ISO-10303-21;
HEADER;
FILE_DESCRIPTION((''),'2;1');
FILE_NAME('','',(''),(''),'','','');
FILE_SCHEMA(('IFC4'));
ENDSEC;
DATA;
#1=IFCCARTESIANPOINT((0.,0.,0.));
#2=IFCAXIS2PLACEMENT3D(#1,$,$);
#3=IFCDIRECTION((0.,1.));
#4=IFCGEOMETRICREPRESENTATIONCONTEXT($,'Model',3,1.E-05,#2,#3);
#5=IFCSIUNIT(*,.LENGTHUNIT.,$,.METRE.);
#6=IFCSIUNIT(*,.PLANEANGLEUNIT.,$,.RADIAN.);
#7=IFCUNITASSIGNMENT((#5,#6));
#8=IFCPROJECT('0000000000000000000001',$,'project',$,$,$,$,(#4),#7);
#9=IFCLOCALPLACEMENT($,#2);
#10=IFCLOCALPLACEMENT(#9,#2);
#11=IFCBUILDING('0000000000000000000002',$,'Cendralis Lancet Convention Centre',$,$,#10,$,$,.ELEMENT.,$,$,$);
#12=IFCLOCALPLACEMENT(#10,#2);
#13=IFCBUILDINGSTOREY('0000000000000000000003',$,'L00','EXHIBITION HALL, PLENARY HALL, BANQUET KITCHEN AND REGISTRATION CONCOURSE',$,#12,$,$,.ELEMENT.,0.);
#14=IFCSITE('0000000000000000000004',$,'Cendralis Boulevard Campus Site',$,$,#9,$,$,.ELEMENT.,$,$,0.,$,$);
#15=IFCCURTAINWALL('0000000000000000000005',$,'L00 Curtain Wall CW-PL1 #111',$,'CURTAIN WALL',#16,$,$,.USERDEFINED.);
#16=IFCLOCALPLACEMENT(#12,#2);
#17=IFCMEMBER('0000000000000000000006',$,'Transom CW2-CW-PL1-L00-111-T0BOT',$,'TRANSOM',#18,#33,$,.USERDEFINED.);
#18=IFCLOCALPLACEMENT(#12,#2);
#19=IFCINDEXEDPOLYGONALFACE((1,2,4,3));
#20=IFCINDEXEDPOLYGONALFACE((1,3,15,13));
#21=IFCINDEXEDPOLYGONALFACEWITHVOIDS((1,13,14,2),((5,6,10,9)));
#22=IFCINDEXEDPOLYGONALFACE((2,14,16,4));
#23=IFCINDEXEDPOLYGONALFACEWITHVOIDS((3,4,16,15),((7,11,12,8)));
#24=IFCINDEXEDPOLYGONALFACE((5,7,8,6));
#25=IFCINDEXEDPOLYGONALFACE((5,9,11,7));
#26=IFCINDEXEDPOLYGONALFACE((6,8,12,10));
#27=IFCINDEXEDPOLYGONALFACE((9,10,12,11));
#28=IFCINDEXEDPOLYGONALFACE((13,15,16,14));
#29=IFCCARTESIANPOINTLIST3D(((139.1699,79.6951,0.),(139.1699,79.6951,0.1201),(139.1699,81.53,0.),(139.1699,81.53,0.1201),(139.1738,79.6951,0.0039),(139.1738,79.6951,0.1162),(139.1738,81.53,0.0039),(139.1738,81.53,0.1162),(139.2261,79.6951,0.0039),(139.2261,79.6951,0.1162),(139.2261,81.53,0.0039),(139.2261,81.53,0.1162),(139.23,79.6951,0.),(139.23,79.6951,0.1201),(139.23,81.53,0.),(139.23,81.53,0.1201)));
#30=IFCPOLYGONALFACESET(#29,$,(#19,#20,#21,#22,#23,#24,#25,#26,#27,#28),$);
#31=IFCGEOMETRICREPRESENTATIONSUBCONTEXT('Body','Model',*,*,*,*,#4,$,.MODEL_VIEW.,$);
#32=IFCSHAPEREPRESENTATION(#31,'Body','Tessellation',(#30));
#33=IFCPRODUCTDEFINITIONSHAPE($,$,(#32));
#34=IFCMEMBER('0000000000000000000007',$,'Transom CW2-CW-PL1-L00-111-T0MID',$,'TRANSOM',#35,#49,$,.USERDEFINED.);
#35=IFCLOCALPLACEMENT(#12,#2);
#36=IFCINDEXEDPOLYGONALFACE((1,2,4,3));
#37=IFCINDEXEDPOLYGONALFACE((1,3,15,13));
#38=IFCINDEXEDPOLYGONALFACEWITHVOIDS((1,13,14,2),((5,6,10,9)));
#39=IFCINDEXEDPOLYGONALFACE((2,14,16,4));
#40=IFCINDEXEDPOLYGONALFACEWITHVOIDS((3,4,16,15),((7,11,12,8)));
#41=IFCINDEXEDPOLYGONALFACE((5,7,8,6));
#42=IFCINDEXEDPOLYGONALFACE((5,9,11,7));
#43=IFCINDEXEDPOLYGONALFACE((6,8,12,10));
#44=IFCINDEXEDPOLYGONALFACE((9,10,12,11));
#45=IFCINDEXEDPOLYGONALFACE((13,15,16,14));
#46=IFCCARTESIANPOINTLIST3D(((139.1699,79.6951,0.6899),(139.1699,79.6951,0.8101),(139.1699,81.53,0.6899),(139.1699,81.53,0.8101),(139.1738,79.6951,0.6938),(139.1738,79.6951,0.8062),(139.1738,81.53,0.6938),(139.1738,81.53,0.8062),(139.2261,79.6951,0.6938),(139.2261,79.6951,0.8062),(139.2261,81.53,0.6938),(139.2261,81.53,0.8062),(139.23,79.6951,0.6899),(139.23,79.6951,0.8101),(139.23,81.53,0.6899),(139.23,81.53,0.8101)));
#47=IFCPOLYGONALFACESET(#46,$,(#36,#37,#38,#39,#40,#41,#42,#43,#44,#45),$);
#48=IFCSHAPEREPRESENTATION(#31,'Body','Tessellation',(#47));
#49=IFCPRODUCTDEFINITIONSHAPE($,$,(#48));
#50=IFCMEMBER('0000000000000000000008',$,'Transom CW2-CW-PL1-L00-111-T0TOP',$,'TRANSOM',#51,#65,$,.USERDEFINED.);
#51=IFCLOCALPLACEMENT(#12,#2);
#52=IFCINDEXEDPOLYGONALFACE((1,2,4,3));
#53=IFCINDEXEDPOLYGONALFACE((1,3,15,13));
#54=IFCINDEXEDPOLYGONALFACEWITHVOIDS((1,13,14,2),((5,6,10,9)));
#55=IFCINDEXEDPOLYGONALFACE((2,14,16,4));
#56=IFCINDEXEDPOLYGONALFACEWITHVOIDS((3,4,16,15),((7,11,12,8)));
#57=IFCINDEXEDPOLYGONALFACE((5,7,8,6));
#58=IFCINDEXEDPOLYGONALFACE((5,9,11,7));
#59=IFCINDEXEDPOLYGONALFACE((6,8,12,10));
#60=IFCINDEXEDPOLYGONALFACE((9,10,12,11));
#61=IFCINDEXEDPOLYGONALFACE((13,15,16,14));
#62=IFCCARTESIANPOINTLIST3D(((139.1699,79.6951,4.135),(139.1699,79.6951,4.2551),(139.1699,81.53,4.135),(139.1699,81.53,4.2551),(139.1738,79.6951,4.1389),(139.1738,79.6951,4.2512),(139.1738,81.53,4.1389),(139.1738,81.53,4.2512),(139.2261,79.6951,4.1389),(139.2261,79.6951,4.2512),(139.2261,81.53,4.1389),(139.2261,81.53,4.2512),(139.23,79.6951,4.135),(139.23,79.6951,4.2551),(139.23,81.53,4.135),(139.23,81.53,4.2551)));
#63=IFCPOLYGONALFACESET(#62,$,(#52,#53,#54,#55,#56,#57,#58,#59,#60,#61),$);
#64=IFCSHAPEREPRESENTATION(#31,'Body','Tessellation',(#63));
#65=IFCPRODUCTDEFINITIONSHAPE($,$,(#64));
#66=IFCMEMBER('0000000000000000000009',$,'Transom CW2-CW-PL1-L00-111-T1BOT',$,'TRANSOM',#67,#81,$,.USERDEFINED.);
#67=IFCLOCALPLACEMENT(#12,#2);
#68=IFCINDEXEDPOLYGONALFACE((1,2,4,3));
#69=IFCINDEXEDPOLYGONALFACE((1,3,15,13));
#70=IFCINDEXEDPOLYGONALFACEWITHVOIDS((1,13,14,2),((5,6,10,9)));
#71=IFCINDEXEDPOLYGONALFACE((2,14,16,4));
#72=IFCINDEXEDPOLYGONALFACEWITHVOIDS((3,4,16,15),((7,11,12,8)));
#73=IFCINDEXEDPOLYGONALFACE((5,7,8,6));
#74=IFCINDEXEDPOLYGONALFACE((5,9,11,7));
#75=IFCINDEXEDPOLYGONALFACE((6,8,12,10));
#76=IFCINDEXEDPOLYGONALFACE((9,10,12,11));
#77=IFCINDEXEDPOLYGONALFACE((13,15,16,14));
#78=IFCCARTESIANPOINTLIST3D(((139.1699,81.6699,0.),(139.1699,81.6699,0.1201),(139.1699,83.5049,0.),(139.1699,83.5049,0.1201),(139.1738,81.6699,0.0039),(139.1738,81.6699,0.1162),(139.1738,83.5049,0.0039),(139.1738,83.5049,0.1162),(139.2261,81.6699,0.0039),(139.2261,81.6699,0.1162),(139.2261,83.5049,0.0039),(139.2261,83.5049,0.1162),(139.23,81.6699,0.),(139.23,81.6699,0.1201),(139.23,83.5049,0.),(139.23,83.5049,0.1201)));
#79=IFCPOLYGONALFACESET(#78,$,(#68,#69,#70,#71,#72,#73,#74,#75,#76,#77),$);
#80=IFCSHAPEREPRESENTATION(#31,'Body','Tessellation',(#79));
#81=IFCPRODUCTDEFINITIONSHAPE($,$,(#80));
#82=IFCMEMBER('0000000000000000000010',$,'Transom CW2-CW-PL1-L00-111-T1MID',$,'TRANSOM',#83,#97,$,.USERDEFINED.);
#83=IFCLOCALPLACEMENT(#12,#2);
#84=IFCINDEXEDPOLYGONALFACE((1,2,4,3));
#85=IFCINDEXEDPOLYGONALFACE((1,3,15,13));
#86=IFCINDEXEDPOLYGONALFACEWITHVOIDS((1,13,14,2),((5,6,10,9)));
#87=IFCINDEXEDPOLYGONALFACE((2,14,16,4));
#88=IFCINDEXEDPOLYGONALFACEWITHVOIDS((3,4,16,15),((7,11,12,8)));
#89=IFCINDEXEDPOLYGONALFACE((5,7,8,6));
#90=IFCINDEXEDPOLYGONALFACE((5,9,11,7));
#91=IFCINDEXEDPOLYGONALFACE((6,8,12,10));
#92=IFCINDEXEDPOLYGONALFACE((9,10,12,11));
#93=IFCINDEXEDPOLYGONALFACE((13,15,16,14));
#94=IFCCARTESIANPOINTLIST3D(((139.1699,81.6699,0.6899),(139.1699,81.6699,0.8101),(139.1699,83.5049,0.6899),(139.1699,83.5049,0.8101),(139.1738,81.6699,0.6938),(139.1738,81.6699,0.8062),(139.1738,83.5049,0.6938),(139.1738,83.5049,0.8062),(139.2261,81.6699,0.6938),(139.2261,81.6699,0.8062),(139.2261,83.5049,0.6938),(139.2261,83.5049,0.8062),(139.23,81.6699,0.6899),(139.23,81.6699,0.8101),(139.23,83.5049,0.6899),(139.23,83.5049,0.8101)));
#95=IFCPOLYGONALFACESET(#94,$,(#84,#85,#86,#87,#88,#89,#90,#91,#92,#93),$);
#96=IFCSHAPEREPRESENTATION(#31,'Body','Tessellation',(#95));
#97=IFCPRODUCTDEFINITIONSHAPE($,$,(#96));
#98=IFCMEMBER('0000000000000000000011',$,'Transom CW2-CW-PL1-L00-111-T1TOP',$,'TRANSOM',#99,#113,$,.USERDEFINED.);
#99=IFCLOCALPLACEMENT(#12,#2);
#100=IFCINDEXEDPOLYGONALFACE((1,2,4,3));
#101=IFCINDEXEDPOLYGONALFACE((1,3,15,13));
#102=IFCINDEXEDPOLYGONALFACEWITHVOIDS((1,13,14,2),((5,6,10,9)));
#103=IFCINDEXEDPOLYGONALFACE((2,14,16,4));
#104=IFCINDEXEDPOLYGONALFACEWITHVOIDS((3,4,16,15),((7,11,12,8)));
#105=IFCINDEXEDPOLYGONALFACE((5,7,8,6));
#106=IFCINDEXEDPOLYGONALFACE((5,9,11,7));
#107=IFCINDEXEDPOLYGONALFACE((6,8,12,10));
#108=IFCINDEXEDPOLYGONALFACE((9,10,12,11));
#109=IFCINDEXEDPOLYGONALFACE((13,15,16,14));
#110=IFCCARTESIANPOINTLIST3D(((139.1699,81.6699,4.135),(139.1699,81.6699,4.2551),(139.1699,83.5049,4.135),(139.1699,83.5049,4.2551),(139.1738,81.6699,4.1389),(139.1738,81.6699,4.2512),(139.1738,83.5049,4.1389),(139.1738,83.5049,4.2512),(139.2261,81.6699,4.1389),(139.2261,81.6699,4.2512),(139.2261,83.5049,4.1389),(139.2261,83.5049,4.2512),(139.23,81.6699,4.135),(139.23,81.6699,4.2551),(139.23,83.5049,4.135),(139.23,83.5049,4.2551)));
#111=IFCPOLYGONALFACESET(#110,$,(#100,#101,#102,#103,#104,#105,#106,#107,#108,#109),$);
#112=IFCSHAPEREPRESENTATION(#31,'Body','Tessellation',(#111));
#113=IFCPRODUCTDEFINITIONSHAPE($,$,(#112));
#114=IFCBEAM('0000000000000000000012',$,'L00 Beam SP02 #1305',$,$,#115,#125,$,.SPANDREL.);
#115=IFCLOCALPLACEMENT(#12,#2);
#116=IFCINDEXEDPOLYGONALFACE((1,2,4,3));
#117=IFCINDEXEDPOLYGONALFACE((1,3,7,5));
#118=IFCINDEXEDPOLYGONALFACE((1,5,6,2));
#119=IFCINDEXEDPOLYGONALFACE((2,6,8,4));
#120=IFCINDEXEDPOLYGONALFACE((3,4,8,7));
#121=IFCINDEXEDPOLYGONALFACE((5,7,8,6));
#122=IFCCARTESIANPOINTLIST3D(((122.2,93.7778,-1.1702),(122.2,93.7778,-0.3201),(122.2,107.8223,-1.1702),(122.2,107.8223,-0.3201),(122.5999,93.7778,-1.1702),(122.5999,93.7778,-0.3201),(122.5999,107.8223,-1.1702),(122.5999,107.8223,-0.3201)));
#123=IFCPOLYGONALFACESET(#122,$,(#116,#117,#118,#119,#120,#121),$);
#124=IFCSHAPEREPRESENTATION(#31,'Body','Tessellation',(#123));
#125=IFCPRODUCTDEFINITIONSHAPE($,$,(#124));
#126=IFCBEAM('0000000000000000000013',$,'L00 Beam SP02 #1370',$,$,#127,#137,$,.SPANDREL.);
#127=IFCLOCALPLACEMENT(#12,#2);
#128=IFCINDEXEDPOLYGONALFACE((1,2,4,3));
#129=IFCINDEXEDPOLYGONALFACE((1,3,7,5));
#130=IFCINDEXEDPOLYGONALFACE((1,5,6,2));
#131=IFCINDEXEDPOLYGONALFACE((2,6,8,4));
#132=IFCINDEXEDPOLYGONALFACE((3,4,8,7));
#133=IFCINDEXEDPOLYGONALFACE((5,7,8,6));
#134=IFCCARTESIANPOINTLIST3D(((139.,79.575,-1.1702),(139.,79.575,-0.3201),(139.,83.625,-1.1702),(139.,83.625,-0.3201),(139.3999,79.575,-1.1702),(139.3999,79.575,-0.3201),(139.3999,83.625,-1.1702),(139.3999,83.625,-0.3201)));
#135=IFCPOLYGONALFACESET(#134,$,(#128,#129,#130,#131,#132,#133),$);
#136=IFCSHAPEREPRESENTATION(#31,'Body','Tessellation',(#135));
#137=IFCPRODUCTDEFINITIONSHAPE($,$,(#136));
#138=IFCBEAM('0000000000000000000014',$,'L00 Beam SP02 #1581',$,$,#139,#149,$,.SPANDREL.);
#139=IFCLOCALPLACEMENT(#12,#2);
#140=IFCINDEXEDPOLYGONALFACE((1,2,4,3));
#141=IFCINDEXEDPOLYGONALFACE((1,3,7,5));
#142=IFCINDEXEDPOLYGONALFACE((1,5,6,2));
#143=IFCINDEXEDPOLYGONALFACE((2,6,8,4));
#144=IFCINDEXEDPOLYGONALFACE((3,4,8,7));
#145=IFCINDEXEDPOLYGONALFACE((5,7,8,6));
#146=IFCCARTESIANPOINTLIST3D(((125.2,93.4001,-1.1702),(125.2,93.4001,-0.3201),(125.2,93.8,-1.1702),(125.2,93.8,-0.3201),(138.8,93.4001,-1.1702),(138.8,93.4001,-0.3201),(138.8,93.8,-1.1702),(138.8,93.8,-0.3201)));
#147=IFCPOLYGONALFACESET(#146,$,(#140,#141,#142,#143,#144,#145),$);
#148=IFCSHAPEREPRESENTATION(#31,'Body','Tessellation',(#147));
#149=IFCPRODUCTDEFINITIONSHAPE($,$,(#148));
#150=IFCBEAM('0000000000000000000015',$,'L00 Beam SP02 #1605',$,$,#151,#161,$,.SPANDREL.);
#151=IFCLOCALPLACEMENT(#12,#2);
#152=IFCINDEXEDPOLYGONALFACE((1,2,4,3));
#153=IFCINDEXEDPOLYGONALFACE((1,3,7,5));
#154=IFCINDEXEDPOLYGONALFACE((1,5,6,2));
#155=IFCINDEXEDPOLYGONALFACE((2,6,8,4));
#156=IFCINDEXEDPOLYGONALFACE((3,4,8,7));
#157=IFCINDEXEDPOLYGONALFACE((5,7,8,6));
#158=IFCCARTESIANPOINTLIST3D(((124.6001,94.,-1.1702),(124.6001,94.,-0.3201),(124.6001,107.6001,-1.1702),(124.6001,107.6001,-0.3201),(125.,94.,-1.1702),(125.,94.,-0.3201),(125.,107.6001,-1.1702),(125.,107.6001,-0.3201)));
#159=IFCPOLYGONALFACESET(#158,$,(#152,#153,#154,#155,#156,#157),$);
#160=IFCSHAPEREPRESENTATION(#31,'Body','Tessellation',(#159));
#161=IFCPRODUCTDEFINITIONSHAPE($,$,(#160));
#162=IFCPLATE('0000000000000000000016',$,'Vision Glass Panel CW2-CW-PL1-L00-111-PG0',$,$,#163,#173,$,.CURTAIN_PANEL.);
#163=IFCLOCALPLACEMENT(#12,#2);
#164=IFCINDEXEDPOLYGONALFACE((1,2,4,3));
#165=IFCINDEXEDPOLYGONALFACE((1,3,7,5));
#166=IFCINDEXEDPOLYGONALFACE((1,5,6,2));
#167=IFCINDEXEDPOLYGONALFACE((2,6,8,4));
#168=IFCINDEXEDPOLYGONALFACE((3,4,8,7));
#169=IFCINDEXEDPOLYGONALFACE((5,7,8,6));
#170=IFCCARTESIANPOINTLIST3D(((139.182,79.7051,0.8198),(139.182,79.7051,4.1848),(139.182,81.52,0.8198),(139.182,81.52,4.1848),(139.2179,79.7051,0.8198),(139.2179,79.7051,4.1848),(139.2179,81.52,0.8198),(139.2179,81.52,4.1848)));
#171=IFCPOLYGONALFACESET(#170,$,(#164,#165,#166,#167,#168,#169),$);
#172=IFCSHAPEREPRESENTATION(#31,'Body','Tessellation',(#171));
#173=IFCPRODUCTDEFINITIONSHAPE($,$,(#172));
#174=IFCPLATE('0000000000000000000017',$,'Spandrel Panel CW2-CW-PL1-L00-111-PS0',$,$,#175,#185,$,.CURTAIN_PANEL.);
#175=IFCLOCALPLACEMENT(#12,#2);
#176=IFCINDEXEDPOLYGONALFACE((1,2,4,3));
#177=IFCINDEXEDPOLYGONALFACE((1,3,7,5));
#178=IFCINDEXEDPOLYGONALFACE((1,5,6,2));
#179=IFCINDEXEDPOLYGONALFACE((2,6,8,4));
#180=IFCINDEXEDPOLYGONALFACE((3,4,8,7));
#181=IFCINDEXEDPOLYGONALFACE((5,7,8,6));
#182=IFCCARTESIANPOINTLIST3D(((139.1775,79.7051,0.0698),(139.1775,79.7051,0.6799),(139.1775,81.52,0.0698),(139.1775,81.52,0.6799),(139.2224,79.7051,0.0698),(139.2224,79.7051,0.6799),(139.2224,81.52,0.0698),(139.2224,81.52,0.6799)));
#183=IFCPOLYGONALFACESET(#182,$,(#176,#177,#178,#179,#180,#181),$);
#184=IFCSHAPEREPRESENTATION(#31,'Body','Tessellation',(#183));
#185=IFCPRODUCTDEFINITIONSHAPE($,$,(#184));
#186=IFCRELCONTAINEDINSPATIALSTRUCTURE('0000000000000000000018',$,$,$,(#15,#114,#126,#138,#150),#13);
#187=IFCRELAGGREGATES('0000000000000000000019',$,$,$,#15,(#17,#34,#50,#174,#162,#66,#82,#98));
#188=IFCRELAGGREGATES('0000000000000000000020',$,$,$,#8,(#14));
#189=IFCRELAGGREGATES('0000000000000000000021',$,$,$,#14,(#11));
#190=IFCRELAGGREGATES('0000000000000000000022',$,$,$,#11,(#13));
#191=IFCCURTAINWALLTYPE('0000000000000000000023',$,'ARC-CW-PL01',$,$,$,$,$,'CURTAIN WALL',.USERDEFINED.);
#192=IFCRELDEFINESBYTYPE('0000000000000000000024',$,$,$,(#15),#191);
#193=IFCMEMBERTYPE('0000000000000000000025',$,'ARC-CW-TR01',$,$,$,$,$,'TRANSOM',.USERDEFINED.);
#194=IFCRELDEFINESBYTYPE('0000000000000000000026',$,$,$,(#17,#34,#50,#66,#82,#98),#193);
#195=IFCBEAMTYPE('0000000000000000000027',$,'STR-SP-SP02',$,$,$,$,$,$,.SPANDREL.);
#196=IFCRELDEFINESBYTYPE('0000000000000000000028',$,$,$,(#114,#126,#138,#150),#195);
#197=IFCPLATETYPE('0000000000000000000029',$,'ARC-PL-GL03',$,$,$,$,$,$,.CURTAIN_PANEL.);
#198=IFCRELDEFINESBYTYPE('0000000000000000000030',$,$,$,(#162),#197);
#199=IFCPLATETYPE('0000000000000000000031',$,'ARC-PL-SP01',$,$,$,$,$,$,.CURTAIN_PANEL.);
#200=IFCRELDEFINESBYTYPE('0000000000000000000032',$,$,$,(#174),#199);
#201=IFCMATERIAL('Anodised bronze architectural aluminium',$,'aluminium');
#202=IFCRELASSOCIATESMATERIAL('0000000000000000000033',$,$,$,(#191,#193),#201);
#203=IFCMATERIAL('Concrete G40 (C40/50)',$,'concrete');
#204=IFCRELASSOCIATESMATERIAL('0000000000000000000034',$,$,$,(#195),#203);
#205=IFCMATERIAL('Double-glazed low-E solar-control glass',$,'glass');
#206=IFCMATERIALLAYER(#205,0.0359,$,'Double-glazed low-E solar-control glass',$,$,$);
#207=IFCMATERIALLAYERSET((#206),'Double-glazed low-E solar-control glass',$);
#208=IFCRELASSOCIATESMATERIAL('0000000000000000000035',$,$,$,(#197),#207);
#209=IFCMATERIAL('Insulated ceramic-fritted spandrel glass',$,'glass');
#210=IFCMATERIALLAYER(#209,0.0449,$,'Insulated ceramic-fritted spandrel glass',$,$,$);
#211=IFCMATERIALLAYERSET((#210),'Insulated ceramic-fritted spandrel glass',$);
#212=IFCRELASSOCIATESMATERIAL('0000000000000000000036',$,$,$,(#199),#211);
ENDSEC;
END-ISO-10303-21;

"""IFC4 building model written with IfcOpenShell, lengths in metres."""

from ifc_helpers import new_model, si_unit, direction, frame, origin, origin_2d, place, context, subcontext, project, spatial, rectangle, hollow_rectangle, extrude, material, layer, layer_set, material_profile, profile_set, type_object, element, aggregate, save


model = new_model("IFC4")

# Units and contexts
model_context = context("Model", 3, precision=1e-05, world=origin(), true_north=direction((0.0, 1.0)))
body_context = subcontext(model_context, "Body", "Model", "MODEL_VIEW")
ifc_project = project(units=[si_unit("LENGTHUNIT", "METRE"), si_unit("PLANEANGLEUNIT", "RADIAN")], contexts=[model_context])

# Site, building, storey
site_placement = place(None, origin())
site = spatial("IfcSite", under=ifc_project, at=site_placement, Name="Cendralis Boulevard Campus Site", CompositionType="ELEMENT", RefElevation=0.0)
building_placement = place(site_placement, origin())
building = spatial("IfcBuilding", under=site, at=building_placement, Name="Cendralis Lancet Convention Centre", CompositionType="ELEMENT")
storey_placement = place(building_placement, origin())
storey = spatial("IfcBuildingStorey", under=building, at=storey_placement, Name="L00", Description="EXHIBITION HALL, PLENARY HALL, BANQUET KITCHEN AND REGISTRATION CONCOURSE", CompositionType="ELEMENT", Elevation=0.0)

# Shared definitions
ifc_material_1 = material(Name="Concrete G40 (C40/50)", Category="concrete")

# Curtain wall, members
ifc_material_2 = material(Name="Anodised bronze architectural aluminium", Category="aluminium")
curtain_wall_type = type_object("IfcCurtainWallType", Name="ARC-CW-PL01", ElementType="CURTAIN WALL", PredefinedType="USERDEFINED", material=ifc_material_2)
curtain_wall_placement = place(storey_placement, origin())
curtain_wall = element("IfcCurtainWall", 1, at=curtain_wall_placement, inside=storey, type_object=curtain_wall_type, Name="L00 Curtain Wall CW-PL1 #111", ObjectType="CURTAIN WALL", PredefinedType="USERDEFINED")
ifc_material_profile_1 = material_profile(ifc_material_2, hollow_rectangle(XDim=0.0601, YDim=0.1201, WallThickness=0.0039, at=origin_2d()), Name="AL-TRAN 60x120x4.0")
ifc_profile_set_1 = profile_set([ifc_material_profile_1], Name="Anodised bronze architectural aluminium")
member_type_1 = type_object("IfcMemberType", Name="ARC-CW-TR01", ElementType="TRANSOM", PredefinedType="USERDEFINED", material=ifc_profile_set_1)
member_1_placement = place(storey_placement, frame((139.2, 79.6951, 0.0601), z_axis=(0.0, 1.0, 0.0), x_axis=(-1.0, 0.0, 0.0)))
member_1 = element("IfcMember", 2, at=member_1_placement, type_object=member_type_1, Name="Transom CW2-CW-PL1-L00-111-T0BOT", ObjectType="TRANSOM", PredefinedType="USERDEFINED", context=body_context, shape_type="SweptSolid", body=[
    extrude(hollow_rectangle(XDim=0.0601, YDim=0.1201, WallThickness=0.0039, at=origin_2d()), origin(), (0.0, 0.0, 1.0), 1.835),
])
member_2_placement = place(storey_placement, frame((139.2, 79.6951, 0.75), z_axis=(0.0, 1.0, 0.0), x_axis=(-1.0, 0.0, 0.0)))
member_2 = element("IfcMember", 3, at=member_2_placement, type_object=member_type_1, Name="Transom CW2-CW-PL1-L00-111-T0MID", ObjectType="TRANSOM", PredefinedType="USERDEFINED", context=body_context, shape_type="SweptSolid", body=[
    extrude(hollow_rectangle(XDim=0.0601, YDim=0.1201, WallThickness=0.0039, at=origin_2d()), origin(), (0.0, 0.0, 1.0), 1.835),
])
member_3_placement = place(storey_placement, frame((139.2, 79.6951, 4.1951), z_axis=(0.0, 1.0, 0.0), x_axis=(-1.0, 0.0, 0.0)))
member_3 = element("IfcMember", 4, at=member_3_placement, type_object=member_type_1, Name="Transom CW2-CW-PL1-L00-111-T0TOP", ObjectType="TRANSOM", PredefinedType="USERDEFINED", context=body_context, shape_type="SweptSolid", body=[
    extrude(hollow_rectangle(XDim=0.0601, YDim=0.1201, WallThickness=0.0039, at=origin_2d()), origin(), (0.0, 0.0, 1.0), 1.835),
])
member_4_placement = place(storey_placement, frame((139.2, 81.6699, 0.0601), z_axis=(0.0, 1.0, 0.0), x_axis=(-1.0, 0.0, 0.0)))
member_4 = element("IfcMember", 5, at=member_4_placement, type_object=member_type_1, Name="Transom CW2-CW-PL1-L00-111-T1BOT", ObjectType="TRANSOM", PredefinedType="USERDEFINED", context=body_context, shape_type="SweptSolid", body=[
    extrude(hollow_rectangle(XDim=0.0601, YDim=0.1201, WallThickness=0.0039, at=origin_2d()), origin(), (0.0, 0.0, 1.0), 1.835),
])
member_5_placement = place(storey_placement, frame((139.2, 81.6699, 0.75), z_axis=(0.0, 1.0, 0.0), x_axis=(-1.0, 0.0, 0.0)))
member_5 = element("IfcMember", 6, at=member_5_placement, type_object=member_type_1, Name="Transom CW2-CW-PL1-L00-111-T1MID", ObjectType="TRANSOM", PredefinedType="USERDEFINED", context=body_context, shape_type="SweptSolid", body=[
    extrude(hollow_rectangle(XDim=0.0601, YDim=0.1201, WallThickness=0.0039, at=origin_2d()), origin(), (0.0, 0.0, 1.0), 1.835),
])
member_6_placement = place(storey_placement, frame((139.2, 81.6699, 4.1951), z_axis=(0.0, 1.0, 0.0), x_axis=(-1.0, 0.0, 0.0)))
member_6 = element("IfcMember", 7, at=member_6_placement, type_object=member_type_1, Name="Transom CW2-CW-PL1-L00-111-T1TOP", ObjectType="TRANSOM", PredefinedType="USERDEFINED", context=body_context, shape_type="SweptSolid", body=[
    extrude(hollow_rectangle(XDim=0.0601, YDim=0.1201, WallThickness=0.0039, at=origin_2d()), origin(), (0.0, 0.0, 1.0), 1.835),
])

# Beams
ifc_material_profile_2 = material_profile(ifc_material_1, rectangle(XDim=0.3999, YDim=0.8501, at=origin_2d()), Name="RCB 400x850")
ifc_profile_set_2 = profile_set([ifc_material_profile_2], Name="Concrete G40 (C40/50)")
beam_type = type_object("IfcBeamType", Name="STR-SP-SP02", PredefinedType="SPANDREL", material=ifc_profile_set_2)
beam_1_placement = place(storey_placement, frame((122.3999, 93.7778, -0.7451), z_axis=(0.0, 1.0, 0.0), x_axis=(-1.0, 0.0, 0.0)))
element("IfcBeam", 8, at=beam_1_placement, inside=storey, type_object=beam_type, Name="L00 Beam SP02 #1305", PredefinedType="SPANDREL", context=body_context, shape_type="SweptSolid", body=[
    extrude(rectangle(XDim=0.3999, YDim=0.8501, at=origin_2d()), origin(), (0.0, 0.0, 1.0), 14.0444),
])
beam_2_placement = place(storey_placement, frame((139.2, 79.575, -0.7451), z_axis=(0.0, 1.0, 0.0), x_axis=(-1.0, 0.0, 0.0)))
element("IfcBeam", 9, at=beam_2_placement, inside=storey, type_object=beam_type, Name="L00 Beam SP02 #1370", PredefinedType="SPANDREL", context=body_context, shape_type="SweptSolid", body=[
    extrude(rectangle(XDim=0.3999, YDim=0.8501, at=origin_2d()), origin(), (0.0, 0.0, 1.0), 4.05),
])
for number, where, z_axis, x_axis, name in (
    (10, (125.2, 93.6001, -0.7451), (1.0, 0.0, 0.0), (0.0, 1.0, 0.0), "L00 Beam SP02 #1581"),
    (11, (124.8, 94.0, -0.7451), (0.0, 1.0, 0.0), (-1.0, 0.0, 0.0), "L00 Beam SP02 #1605"),
):
    element("IfcBeam", number, at=place(storey_placement, frame(where, z_axis=z_axis, x_axis=x_axis)), inside=storey, type_object=beam_type, Name=name, PredefinedType="SPANDREL", context=body_context, shape_type="SweptSolid", body=[
        extrude(rectangle(XDim=0.3999, YDim=0.8501, at=origin_2d()), origin(), (0.0, 0.0, 1.0), 13.6001),
    ])

# Plates
ifc_material_3 = material(Name="Double-glazed low-E solar-control glass", Category="glass")
ifc_layer_1 = layer(ifc_material_3, 0.0359, Name="Double-glazed low-E solar-control glass")
ifc_layer_set_1 = layer_set([ifc_layer_1], Name="Double-glazed low-E solar-control glass")
plate_type_1 = type_object("IfcPlateType", Name="ARC-PL-GL03", PredefinedType="CURTAIN_PANEL", material=ifc_layer_set_1)
plate_1_placement = place(storey_placement, frame((139.2, 80.6125, 0.8198), z_axis=(0.0, 0.0, 1.0), x_axis=(0.0, 1.0, 0.0)))
plate_1 = element("IfcPlate", 12, at=plate_1_placement, type_object=plate_type_1, Name="Vision Glass Panel CW2-CW-PL1-L00-111-PG0", PredefinedType="CURTAIN_PANEL", context=body_context, shape_type="SweptSolid", body=[
    extrude(rectangle(XDim=1.8149, YDim=0.0359, at=origin_2d()), origin(), (0.0, 0.0, 1.0), 3.365),
])
ifc_material_4 = material(Name="Insulated ceramic-fritted spandrel glass", Category="glass")
ifc_layer_2 = layer(ifc_material_4, 0.0449, Name="Insulated ceramic-fritted spandrel glass")
ifc_layer_set_2 = layer_set([ifc_layer_2], Name="Insulated ceramic-fritted spandrel glass")
plate_type_2 = type_object("IfcPlateType", Name="ARC-PL-SP01", PredefinedType="CURTAIN_PANEL", material=ifc_layer_set_2)
plate_2_placement = place(storey_placement, frame((139.2, 80.6125, 0.0698), z_axis=(0.0, 0.0, 1.0), x_axis=(0.0, 1.0, 0.0)))
plate_2 = element("IfcPlate", 13, at=plate_2_placement, type_object=plate_type_2, Name="Spandrel Panel CW2-CW-PL1-L00-111-PS0", PredefinedType="CURTAIN_PANEL", context=body_context, shape_type="SweptSolid", body=[
    extrude(rectangle(XDim=1.8149, YDim=0.0449, at=origin_2d()), origin(), (0.0, 0.0, 1.0), 0.6101),
])
aggregate(curtain_wall, [member_1, member_2, member_3, plate_2, plate_1, member_4, member_5, member_6])

save(model, "model.ifc")
